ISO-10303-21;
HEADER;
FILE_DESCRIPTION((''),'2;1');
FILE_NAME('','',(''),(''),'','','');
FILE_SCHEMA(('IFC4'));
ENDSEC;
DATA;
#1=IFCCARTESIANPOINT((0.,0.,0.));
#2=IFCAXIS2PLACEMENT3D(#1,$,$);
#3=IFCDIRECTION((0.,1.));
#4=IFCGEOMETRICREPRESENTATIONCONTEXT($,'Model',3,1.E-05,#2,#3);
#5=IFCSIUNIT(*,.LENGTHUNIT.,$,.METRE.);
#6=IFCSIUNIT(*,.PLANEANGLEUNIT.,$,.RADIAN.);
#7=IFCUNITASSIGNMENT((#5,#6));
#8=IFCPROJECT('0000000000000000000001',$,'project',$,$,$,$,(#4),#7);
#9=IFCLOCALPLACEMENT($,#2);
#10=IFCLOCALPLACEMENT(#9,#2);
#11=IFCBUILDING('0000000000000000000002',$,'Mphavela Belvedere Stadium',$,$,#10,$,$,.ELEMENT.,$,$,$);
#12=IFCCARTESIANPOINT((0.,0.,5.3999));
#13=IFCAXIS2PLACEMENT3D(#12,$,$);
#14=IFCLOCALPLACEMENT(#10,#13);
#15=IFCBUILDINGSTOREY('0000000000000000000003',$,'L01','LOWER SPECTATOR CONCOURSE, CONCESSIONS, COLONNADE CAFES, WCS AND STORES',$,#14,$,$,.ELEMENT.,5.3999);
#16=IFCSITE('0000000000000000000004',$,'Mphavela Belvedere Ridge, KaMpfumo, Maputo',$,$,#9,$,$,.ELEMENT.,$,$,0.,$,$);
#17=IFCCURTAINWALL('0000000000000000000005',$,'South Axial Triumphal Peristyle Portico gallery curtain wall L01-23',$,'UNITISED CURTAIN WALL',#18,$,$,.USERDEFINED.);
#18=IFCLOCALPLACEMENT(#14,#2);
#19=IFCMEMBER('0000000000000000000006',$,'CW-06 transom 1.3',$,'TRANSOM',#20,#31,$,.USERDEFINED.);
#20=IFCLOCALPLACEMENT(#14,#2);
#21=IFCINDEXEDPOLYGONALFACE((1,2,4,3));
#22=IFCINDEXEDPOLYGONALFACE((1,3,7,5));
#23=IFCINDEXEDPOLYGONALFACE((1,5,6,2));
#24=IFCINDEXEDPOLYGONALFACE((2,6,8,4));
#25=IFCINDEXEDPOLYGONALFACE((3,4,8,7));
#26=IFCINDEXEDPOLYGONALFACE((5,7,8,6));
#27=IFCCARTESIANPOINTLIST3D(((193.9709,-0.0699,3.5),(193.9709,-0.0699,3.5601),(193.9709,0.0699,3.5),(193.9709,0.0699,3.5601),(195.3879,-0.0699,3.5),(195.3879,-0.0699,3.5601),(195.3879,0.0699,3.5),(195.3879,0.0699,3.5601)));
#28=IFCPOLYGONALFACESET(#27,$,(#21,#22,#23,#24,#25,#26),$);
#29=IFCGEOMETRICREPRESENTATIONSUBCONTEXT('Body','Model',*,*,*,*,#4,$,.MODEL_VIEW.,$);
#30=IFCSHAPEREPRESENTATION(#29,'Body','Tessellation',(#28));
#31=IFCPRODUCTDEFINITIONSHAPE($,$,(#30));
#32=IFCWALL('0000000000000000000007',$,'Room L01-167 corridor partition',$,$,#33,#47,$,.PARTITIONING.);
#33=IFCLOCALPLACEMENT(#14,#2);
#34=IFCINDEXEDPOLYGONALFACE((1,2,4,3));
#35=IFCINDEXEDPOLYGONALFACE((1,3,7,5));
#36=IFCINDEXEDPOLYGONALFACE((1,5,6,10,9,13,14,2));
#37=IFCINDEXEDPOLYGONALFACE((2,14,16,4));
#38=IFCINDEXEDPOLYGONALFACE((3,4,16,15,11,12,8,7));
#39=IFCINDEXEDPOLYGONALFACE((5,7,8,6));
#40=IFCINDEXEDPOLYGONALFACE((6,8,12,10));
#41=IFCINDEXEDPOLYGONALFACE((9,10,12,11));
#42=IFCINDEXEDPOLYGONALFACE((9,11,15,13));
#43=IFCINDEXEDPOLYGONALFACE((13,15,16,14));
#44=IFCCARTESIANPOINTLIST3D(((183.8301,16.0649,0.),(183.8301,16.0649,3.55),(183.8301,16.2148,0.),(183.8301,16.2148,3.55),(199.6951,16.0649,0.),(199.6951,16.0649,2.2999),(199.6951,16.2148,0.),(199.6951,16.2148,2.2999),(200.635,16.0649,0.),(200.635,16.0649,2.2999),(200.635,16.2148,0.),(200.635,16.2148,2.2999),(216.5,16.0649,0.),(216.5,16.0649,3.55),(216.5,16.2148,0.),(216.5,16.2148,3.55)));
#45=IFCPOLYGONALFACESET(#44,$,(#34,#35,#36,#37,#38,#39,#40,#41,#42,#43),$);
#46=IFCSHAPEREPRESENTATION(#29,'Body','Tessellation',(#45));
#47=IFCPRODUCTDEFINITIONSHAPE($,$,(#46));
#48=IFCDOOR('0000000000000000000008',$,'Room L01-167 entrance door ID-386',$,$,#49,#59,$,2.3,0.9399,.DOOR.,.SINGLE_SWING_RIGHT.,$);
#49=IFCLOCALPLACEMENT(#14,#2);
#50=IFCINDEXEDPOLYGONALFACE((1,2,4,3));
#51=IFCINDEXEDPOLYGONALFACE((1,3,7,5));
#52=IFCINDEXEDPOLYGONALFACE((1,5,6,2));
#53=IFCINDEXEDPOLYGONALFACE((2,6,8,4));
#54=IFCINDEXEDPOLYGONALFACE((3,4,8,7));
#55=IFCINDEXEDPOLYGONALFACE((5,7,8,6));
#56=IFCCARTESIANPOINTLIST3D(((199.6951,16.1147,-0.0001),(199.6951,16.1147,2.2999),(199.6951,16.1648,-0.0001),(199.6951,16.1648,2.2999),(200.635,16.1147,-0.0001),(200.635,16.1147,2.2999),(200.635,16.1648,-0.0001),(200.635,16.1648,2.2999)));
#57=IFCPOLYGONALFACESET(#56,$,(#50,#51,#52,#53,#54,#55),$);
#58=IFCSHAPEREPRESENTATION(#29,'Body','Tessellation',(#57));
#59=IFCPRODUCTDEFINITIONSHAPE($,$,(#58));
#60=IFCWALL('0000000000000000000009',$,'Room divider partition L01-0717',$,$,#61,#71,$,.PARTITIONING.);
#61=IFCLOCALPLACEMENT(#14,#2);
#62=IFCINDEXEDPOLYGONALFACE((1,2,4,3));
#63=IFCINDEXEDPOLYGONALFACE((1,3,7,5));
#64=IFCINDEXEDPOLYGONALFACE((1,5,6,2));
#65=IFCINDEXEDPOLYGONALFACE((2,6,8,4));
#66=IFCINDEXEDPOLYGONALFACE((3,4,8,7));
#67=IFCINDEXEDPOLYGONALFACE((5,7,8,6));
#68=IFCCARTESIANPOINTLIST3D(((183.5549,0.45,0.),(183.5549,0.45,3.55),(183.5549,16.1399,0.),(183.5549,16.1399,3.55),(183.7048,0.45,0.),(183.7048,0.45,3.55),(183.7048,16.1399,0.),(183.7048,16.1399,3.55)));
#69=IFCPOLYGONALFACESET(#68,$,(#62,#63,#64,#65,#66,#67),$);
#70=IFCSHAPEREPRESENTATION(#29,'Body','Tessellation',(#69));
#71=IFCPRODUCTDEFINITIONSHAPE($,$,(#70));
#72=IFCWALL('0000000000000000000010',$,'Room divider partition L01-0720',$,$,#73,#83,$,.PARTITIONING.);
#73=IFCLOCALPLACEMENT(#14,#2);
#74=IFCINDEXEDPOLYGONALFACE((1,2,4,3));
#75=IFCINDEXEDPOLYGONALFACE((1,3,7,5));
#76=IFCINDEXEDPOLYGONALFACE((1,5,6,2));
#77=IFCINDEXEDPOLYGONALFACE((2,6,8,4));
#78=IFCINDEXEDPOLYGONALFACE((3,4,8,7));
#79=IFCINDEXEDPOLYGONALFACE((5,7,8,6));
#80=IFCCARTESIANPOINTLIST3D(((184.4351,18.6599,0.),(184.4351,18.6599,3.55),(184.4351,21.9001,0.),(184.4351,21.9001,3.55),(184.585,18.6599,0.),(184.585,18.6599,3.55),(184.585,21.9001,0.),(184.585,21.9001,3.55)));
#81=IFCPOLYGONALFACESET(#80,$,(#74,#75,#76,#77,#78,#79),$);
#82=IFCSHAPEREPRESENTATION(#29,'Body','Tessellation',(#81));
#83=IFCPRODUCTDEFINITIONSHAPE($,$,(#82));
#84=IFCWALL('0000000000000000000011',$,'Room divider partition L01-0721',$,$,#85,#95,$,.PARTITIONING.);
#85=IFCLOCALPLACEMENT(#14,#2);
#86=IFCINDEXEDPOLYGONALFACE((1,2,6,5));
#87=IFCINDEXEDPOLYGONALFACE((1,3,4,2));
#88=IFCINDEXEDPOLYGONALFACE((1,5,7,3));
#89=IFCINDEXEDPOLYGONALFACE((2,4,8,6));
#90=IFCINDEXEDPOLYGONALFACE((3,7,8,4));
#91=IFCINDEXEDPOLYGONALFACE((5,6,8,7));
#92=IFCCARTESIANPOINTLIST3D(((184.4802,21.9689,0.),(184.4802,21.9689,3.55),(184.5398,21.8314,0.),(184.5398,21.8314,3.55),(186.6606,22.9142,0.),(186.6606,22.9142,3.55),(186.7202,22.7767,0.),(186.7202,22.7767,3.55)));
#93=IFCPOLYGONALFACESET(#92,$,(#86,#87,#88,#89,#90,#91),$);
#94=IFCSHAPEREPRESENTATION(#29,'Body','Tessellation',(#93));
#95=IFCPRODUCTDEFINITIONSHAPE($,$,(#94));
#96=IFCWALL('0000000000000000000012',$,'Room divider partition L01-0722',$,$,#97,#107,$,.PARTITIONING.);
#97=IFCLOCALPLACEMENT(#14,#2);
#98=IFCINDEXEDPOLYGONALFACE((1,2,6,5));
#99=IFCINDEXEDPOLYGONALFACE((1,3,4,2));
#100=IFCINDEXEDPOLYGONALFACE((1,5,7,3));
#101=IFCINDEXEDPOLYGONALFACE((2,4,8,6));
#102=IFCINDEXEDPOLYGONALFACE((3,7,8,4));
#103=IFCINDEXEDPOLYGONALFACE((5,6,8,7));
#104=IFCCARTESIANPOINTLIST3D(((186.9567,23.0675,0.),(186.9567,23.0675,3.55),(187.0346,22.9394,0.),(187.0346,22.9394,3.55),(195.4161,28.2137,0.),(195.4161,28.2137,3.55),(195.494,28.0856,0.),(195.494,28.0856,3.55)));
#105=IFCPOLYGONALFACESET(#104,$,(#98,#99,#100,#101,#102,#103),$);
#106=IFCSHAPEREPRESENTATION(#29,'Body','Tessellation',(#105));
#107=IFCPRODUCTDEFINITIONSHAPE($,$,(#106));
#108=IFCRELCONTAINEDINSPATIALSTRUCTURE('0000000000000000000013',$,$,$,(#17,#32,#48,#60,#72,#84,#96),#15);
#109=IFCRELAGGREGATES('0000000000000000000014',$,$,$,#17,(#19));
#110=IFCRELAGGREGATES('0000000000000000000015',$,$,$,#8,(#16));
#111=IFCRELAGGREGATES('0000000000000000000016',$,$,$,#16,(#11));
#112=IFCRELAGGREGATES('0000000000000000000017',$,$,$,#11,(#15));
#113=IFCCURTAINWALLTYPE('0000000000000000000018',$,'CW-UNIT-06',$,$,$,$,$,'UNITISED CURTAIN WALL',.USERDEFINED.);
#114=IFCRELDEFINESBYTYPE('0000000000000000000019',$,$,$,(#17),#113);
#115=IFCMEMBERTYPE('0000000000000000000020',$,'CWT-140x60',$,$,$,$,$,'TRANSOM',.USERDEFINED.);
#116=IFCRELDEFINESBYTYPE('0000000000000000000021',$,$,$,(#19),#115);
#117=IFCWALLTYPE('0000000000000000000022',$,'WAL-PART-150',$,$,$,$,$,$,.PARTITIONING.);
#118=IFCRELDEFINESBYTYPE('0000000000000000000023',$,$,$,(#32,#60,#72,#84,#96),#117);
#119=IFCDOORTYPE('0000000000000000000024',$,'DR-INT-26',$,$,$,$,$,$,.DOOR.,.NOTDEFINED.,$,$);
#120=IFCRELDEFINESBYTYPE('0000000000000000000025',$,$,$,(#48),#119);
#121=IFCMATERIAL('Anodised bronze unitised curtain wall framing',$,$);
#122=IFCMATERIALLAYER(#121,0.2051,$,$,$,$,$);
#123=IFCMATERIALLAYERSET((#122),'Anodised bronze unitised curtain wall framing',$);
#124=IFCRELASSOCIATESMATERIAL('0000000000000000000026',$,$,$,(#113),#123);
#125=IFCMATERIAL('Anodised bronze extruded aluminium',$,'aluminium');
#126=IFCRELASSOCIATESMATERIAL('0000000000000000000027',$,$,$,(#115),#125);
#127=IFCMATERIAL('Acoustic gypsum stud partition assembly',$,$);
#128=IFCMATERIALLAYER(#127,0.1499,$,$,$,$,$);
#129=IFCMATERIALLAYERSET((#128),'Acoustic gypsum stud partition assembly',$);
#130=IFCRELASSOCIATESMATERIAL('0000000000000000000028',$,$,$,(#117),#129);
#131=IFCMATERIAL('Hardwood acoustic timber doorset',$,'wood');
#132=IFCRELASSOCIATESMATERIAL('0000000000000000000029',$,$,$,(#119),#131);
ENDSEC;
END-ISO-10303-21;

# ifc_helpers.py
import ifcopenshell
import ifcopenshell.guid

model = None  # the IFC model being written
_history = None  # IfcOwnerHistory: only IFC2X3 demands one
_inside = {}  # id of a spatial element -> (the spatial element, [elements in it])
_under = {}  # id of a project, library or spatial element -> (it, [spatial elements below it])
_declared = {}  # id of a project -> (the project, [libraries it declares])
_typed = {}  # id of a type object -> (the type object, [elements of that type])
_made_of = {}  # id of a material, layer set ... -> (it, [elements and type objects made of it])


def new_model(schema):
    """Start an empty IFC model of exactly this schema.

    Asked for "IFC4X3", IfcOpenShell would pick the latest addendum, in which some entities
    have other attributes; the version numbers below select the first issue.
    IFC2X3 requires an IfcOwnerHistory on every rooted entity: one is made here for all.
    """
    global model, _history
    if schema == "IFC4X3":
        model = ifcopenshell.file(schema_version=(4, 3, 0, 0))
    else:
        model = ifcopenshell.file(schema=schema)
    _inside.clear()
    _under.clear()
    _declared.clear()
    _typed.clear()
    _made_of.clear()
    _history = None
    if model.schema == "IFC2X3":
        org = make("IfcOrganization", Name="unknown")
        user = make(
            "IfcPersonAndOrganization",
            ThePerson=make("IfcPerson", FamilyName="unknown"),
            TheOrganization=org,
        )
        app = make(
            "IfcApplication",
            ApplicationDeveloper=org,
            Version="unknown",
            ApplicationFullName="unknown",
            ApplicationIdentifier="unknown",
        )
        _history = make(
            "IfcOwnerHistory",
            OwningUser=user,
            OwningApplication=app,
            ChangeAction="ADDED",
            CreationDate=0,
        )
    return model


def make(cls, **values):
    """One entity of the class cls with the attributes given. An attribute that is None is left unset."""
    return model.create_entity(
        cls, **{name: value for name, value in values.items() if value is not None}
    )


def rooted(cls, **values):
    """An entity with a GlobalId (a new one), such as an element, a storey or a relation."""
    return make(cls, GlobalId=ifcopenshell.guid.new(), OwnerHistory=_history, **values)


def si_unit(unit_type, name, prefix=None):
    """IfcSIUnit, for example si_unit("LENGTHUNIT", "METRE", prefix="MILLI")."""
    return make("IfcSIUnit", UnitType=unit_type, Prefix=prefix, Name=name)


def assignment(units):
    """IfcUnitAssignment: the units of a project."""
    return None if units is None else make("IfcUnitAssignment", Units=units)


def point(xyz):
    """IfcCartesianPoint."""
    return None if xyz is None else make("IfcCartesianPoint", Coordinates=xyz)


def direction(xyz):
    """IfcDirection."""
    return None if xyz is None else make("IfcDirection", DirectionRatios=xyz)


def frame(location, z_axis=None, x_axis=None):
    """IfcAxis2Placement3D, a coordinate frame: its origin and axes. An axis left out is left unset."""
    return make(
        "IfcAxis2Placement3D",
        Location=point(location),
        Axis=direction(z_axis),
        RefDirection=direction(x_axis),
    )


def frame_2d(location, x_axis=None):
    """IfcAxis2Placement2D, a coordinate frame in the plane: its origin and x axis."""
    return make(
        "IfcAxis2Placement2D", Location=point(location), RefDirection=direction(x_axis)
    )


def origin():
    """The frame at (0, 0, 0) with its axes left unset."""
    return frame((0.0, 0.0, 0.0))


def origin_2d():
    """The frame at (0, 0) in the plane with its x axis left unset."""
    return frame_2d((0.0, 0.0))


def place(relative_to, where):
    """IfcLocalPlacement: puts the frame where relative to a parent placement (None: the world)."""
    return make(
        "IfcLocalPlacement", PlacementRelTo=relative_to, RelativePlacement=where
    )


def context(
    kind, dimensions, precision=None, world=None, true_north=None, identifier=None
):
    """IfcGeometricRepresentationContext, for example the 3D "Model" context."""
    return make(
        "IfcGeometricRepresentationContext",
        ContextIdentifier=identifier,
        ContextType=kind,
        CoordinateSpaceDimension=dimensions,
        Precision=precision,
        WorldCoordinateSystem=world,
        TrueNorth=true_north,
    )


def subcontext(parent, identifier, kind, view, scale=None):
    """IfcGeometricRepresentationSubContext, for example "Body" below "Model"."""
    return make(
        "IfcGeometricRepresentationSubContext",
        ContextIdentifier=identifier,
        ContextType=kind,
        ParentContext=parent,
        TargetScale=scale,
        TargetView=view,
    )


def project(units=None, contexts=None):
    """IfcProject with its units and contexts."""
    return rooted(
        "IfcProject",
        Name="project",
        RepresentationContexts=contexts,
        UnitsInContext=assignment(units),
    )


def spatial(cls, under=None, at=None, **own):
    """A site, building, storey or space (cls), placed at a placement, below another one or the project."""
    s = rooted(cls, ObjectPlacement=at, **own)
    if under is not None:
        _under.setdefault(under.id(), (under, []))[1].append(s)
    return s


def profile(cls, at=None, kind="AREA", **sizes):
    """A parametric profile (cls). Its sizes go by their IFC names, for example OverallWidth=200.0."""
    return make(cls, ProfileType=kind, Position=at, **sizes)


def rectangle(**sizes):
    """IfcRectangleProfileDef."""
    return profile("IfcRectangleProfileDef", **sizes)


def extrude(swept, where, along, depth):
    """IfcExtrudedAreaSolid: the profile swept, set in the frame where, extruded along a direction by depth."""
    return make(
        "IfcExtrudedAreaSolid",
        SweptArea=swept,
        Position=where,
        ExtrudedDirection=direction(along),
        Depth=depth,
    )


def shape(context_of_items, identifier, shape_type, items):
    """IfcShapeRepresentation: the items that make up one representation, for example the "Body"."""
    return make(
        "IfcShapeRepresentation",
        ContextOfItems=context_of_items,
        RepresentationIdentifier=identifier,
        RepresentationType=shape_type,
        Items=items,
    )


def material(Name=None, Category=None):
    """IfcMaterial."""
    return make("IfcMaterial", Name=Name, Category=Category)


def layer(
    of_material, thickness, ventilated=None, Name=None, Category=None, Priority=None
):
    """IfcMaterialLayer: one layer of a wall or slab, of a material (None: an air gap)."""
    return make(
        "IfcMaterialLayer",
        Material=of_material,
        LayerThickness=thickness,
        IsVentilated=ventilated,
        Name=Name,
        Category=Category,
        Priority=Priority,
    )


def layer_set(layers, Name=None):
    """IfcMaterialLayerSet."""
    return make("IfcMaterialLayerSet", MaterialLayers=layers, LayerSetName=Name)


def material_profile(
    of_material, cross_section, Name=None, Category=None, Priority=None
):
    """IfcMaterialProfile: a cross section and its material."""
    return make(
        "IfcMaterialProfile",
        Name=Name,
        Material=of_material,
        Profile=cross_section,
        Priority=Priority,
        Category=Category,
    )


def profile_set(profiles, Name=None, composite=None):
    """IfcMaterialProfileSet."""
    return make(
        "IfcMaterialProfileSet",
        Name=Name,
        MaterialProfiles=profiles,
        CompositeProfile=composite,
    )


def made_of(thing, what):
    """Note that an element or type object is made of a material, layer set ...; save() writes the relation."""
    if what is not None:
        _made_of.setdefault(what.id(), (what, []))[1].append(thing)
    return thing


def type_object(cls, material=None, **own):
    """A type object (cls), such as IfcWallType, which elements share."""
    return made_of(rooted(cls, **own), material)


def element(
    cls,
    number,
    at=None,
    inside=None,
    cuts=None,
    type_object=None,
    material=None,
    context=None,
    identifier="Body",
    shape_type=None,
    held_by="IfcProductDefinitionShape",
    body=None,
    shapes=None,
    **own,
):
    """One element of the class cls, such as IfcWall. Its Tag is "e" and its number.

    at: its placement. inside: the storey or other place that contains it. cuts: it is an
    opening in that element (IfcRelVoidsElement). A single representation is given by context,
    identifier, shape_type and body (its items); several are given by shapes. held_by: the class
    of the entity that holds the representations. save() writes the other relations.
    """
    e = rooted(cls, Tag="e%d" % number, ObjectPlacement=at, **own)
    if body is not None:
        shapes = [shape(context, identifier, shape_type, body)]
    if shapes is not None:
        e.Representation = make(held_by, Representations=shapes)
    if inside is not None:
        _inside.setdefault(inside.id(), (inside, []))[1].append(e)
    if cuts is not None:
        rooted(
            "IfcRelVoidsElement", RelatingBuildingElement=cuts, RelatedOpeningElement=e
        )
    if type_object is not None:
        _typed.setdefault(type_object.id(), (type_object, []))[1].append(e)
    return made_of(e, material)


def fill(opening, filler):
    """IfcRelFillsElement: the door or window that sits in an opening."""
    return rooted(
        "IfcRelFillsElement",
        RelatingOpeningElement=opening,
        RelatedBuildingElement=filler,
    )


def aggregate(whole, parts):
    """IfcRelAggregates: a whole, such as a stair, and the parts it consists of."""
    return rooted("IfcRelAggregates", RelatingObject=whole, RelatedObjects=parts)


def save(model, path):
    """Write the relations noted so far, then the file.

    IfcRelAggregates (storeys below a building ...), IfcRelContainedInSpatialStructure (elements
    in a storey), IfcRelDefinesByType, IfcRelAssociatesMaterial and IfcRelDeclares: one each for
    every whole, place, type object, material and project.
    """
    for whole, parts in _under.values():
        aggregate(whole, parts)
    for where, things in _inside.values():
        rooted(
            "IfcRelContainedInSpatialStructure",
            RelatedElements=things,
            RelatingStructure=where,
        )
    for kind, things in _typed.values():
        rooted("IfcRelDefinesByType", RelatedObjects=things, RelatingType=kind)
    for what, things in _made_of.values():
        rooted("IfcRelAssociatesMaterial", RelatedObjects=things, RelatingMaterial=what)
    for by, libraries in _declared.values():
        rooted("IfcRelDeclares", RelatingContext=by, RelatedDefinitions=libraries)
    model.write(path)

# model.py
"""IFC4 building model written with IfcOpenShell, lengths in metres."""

from ifc_helpers import new_model, si_unit, direction, frame, frame_2d, origin, origin_2d, place, context, subcontext, project, spatial, rectangle, extrude, material, layer, layer_set, material_profile, profile_set, type_object, element, fill, aggregate, save


model = new_model("IFC4")

# Units and contexts
model_context = context("Model", 3, precision=1e-05, world=origin(), true_north=direction((0.0, 1.0)))
body_context = subcontext(model_context, "Body", "Model", "MODEL_VIEW")
ifc_project = project(units=[si_unit("LENGTHUNIT", "METRE"), si_unit("PLANEANGLEUNIT", "RADIAN")], contexts=[model_context])

# Site, building, storey
site_placement = place(None, origin())
site = spatial("IfcSite", under=ifc_project, at=site_placement, Name="Mphavela Belvedere Ridge, KaMpfumo, Maputo", CompositionType="ELEMENT", RefElevation=0.0)
building_placement = place(site_placement, origin())
building = spatial("IfcBuilding", under=site, at=building_placement, Name="Mphavela Belvedere Stadium", CompositionType="ELEMENT")
storey_placement = place(building_placement, frame((0.0, 0.0, 5.3999)))
storey = spatial("IfcBuildingStorey", under=building, at=storey_placement, Name="L01", Description="LOWER SPECTATOR CONCOURSE, CONCESSIONS, COLONNADE CAFES, WCS AND STORES", CompositionType="ELEMENT", Elevation=5.3999)

# Curtain wall, member
ifc_material_1 = material(Name="Anodised bronze unitised curtain wall framing")
ifc_layer_1 = layer(ifc_material_1, 0.2051)
ifc_layer_set_1 = layer_set([ifc_layer_1], Name="Anodised bronze unitised curtain wall framing")
curtain_wall_type_1 = type_object("IfcCurtainWallType", Name="CW-UNIT-06", ElementType="UNITISED CURTAIN WALL", PredefinedType="USERDEFINED", material=ifc_layer_set_1)
curtain_wall_1_placement = place(storey_placement, origin())
curtain_wall_1 = element("IfcCurtainWall", 1, at=curtain_wall_1_placement, inside=storey, type_object=curtain_wall_type_1, Name="South Axial Triumphal Peristyle Portico gallery curtain wall L01-23", ObjectType="UNITISED CURTAIN WALL", PredefinedType="USERDEFINED")
ifc_material_2 = material(Name="Anodised bronze extruded aluminium", Category="aluminium")
ifc_material_profile_1 = material_profile(ifc_material_2, rectangle(XDim=0.1399, YDim=0.0601, at=origin_2d()), Name="CW-TRN 140x60")
ifc_profile_set_1 = profile_set([ifc_material_profile_1], Name="Anodised bronze extruded aluminium")
member_type_1 = type_object("IfcMemberType", Name="CWT-140x60", ElementType="TRANSOM", PredefinedType="USERDEFINED", material=ifc_profile_set_1)
member_1_placement = place(storey_placement, frame((195.3879, 0.0, 3.53), z_axis=(-1.0, 0.0, 0.0), x_axis=(0.0, -1.0, 0.0)))
member_1 = element("IfcMember", 2, at=member_1_placement, type_object=member_type_1, Name="CW-06 transom 1.3", ObjectType="TRANSOM", PredefinedType="USERDEFINED", context=body_context, shape_type="SweptSolid", body=[
    extrude(rectangle(XDim=0.1399, YDim=0.0601, at=origin_2d()), origin(), (0.0, 0.0, 1.0), 1.417),
])
aggregate(curtain_wall_1, [member_1])

# Wall, opening, door
ifc_material_3 = material(Name="Acoustic gypsum stud partition assembly")
ifc_layer_2 = layer(ifc_material_3, 0.1499)
ifc_layer_set_2 = layer_set([ifc_layer_2], Name="Acoustic gypsum stud partition assembly")
wall_type_1 = type_object("IfcWallType", Name="WAL-PART-150", PredefinedType="PARTITIONING", material=ifc_layer_set_2)
wall_1_placement = place(storey_placement, frame((183.8301, 16.1399, 0.0), z_axis=(0.0, 0.0, 1.0), x_axis=(1.0, 0.0, 0.0)))
wall_1 = element("IfcWall", 3, at=wall_1_placement, inside=storey, type_object=wall_type_1, Name="Room L01-167 corridor partition", PredefinedType="PARTITIONING", context=body_context, shape_type="SweptSolid", body=[
    extrude(rectangle(XDim=32.6699, YDim=0.1499, at=frame_2d((16.335, 0.0))), origin(), (0.0, 0.0, 1.0), 3.55),
])
opening_1_placement = place(wall_1_placement, frame((15.865, 0.0, 0.0)))
opening_1 = element("IfcOpeningElement", 4, at=opening_1_placement, cuts=wall_1, PredefinedType="OPENING", context=body_context, shape_type="SweptSolid", body=[
    extrude(rectangle(XDim=0.9399, YDim=2.3, at=frame_2d((0.47, 1.1499))), frame((0.0, 0.085, 0.0), z_axis=(0.0, -1.0, 0.0), x_axis=(1.0, 0.0, 0.0)), (0.0, 0.0, 1.0), 0.1699),
])
ifc_material_4 = material(Name="Hardwood acoustic timber doorset", Category="wood")
door_type_1 = type_object("IfcDoorType", Name="DR-INT-26", OperationType="NOTDEFINED", PredefinedType="DOOR", material=ifc_material_4)
door_1_placement = place(opening_1_placement, origin())
door_1 = element("IfcDoor", 5, at=door_1_placement, inside=storey, type_object=door_type_1, Name="Room L01-167 entrance door ID-386", OperationType="SINGLE_SWING_RIGHT", OverallHeight=2.3, OverallWidth=0.9399, PredefinedType="DOOR", context=body_context, shape_type="SweptSolid", body=[
    extrude(rectangle(XDim=0.9399, YDim=2.3, at=frame_2d((0.47, 1.1499))), frame((0.0, 0.0249, 0.0), z_axis=(0.0, -1.0, 0.0), x_axis=(1.0, 0.0, 0.0)), (0.0, 0.0, 1.0), 0.05),
])
fill(opening_1, door_1)

# Walls
wall_2_placement = place(storey_placement, frame((183.6299, 16.1399, 0.0), z_axis=(0.0, 0.0, 1.0), x_axis=(0.0, -1.0, 0.0)))
element("IfcWall", 6, at=wall_2_placement, inside=storey, type_object=wall_type_1, Name="Room divider partition L01-0717", PredefinedType="PARTITIONING", context=body_context, shape_type="SweptSolid", body=[
    extrude(rectangle(XDim=15.6899, YDim=0.1499, at=frame_2d((7.845, 0.0))), origin(), (0.0, 0.0, 1.0), 3.55),
])
wall_3_placement = place(storey_placement, frame((184.51, 18.6599, 0.0), z_axis=(0.0, 0.0, 1.0), x_axis=(0.0, 1.0, 0.0)))
element("IfcWall", 7, at=wall_3_placement, inside=storey, type_object=wall_type_1, Name="Room divider partition L01-0720", PredefinedType="PARTITIONING", context=body_context, shape_type="SweptSolid", body=[
    extrude(rectangle(XDim=3.2402, YDim=0.1499, at=frame_2d((1.6201, 0.0))), origin(), (0.0, 0.0, 1.0), 3.55),
])
wall_4_placement = place(storey_placement, frame((184.51, 21.9001, 0.0), z_axis=(0.0, 0.0, 1.0), x_axis=(0.917484, 0.397772, 0.0)))
element("IfcWall", 8, at=wall_4_placement, inside=storey, type_object=wall_type_1, Name="Room divider partition L01-0721", PredefinedType="PARTITIONING", context=body_context, shape_type="SweptSolid", body=[
    extrude(rectangle(XDim=2.3765, YDim=0.1499, at=frame_2d((1.1882, 0.0))), origin(), (0.0, 0.0, 1.0), 3.55),
])
wall_5_placement = place(storey_placement, frame((186.9956, 23.0034, 0.0), z_axis=(0.0, 0.0, 1.0), x_axis=(0.854333, 0.519726, 0.0)))
element("IfcWall", 9, at=wall_5_placement, inside=storey, type_object=wall_type_1, Name="Room divider partition L01-0722", PredefinedType="PARTITIONING", context=body_context, shape_type="SweptSolid", body=[
    extrude(rectangle(XDim=9.9019, YDim=0.1499, at=frame_2d((4.9509, 0.0))), origin(), (0.0, 0.0, 1.0), 3.55),
])

save(model, "model.ifc")
